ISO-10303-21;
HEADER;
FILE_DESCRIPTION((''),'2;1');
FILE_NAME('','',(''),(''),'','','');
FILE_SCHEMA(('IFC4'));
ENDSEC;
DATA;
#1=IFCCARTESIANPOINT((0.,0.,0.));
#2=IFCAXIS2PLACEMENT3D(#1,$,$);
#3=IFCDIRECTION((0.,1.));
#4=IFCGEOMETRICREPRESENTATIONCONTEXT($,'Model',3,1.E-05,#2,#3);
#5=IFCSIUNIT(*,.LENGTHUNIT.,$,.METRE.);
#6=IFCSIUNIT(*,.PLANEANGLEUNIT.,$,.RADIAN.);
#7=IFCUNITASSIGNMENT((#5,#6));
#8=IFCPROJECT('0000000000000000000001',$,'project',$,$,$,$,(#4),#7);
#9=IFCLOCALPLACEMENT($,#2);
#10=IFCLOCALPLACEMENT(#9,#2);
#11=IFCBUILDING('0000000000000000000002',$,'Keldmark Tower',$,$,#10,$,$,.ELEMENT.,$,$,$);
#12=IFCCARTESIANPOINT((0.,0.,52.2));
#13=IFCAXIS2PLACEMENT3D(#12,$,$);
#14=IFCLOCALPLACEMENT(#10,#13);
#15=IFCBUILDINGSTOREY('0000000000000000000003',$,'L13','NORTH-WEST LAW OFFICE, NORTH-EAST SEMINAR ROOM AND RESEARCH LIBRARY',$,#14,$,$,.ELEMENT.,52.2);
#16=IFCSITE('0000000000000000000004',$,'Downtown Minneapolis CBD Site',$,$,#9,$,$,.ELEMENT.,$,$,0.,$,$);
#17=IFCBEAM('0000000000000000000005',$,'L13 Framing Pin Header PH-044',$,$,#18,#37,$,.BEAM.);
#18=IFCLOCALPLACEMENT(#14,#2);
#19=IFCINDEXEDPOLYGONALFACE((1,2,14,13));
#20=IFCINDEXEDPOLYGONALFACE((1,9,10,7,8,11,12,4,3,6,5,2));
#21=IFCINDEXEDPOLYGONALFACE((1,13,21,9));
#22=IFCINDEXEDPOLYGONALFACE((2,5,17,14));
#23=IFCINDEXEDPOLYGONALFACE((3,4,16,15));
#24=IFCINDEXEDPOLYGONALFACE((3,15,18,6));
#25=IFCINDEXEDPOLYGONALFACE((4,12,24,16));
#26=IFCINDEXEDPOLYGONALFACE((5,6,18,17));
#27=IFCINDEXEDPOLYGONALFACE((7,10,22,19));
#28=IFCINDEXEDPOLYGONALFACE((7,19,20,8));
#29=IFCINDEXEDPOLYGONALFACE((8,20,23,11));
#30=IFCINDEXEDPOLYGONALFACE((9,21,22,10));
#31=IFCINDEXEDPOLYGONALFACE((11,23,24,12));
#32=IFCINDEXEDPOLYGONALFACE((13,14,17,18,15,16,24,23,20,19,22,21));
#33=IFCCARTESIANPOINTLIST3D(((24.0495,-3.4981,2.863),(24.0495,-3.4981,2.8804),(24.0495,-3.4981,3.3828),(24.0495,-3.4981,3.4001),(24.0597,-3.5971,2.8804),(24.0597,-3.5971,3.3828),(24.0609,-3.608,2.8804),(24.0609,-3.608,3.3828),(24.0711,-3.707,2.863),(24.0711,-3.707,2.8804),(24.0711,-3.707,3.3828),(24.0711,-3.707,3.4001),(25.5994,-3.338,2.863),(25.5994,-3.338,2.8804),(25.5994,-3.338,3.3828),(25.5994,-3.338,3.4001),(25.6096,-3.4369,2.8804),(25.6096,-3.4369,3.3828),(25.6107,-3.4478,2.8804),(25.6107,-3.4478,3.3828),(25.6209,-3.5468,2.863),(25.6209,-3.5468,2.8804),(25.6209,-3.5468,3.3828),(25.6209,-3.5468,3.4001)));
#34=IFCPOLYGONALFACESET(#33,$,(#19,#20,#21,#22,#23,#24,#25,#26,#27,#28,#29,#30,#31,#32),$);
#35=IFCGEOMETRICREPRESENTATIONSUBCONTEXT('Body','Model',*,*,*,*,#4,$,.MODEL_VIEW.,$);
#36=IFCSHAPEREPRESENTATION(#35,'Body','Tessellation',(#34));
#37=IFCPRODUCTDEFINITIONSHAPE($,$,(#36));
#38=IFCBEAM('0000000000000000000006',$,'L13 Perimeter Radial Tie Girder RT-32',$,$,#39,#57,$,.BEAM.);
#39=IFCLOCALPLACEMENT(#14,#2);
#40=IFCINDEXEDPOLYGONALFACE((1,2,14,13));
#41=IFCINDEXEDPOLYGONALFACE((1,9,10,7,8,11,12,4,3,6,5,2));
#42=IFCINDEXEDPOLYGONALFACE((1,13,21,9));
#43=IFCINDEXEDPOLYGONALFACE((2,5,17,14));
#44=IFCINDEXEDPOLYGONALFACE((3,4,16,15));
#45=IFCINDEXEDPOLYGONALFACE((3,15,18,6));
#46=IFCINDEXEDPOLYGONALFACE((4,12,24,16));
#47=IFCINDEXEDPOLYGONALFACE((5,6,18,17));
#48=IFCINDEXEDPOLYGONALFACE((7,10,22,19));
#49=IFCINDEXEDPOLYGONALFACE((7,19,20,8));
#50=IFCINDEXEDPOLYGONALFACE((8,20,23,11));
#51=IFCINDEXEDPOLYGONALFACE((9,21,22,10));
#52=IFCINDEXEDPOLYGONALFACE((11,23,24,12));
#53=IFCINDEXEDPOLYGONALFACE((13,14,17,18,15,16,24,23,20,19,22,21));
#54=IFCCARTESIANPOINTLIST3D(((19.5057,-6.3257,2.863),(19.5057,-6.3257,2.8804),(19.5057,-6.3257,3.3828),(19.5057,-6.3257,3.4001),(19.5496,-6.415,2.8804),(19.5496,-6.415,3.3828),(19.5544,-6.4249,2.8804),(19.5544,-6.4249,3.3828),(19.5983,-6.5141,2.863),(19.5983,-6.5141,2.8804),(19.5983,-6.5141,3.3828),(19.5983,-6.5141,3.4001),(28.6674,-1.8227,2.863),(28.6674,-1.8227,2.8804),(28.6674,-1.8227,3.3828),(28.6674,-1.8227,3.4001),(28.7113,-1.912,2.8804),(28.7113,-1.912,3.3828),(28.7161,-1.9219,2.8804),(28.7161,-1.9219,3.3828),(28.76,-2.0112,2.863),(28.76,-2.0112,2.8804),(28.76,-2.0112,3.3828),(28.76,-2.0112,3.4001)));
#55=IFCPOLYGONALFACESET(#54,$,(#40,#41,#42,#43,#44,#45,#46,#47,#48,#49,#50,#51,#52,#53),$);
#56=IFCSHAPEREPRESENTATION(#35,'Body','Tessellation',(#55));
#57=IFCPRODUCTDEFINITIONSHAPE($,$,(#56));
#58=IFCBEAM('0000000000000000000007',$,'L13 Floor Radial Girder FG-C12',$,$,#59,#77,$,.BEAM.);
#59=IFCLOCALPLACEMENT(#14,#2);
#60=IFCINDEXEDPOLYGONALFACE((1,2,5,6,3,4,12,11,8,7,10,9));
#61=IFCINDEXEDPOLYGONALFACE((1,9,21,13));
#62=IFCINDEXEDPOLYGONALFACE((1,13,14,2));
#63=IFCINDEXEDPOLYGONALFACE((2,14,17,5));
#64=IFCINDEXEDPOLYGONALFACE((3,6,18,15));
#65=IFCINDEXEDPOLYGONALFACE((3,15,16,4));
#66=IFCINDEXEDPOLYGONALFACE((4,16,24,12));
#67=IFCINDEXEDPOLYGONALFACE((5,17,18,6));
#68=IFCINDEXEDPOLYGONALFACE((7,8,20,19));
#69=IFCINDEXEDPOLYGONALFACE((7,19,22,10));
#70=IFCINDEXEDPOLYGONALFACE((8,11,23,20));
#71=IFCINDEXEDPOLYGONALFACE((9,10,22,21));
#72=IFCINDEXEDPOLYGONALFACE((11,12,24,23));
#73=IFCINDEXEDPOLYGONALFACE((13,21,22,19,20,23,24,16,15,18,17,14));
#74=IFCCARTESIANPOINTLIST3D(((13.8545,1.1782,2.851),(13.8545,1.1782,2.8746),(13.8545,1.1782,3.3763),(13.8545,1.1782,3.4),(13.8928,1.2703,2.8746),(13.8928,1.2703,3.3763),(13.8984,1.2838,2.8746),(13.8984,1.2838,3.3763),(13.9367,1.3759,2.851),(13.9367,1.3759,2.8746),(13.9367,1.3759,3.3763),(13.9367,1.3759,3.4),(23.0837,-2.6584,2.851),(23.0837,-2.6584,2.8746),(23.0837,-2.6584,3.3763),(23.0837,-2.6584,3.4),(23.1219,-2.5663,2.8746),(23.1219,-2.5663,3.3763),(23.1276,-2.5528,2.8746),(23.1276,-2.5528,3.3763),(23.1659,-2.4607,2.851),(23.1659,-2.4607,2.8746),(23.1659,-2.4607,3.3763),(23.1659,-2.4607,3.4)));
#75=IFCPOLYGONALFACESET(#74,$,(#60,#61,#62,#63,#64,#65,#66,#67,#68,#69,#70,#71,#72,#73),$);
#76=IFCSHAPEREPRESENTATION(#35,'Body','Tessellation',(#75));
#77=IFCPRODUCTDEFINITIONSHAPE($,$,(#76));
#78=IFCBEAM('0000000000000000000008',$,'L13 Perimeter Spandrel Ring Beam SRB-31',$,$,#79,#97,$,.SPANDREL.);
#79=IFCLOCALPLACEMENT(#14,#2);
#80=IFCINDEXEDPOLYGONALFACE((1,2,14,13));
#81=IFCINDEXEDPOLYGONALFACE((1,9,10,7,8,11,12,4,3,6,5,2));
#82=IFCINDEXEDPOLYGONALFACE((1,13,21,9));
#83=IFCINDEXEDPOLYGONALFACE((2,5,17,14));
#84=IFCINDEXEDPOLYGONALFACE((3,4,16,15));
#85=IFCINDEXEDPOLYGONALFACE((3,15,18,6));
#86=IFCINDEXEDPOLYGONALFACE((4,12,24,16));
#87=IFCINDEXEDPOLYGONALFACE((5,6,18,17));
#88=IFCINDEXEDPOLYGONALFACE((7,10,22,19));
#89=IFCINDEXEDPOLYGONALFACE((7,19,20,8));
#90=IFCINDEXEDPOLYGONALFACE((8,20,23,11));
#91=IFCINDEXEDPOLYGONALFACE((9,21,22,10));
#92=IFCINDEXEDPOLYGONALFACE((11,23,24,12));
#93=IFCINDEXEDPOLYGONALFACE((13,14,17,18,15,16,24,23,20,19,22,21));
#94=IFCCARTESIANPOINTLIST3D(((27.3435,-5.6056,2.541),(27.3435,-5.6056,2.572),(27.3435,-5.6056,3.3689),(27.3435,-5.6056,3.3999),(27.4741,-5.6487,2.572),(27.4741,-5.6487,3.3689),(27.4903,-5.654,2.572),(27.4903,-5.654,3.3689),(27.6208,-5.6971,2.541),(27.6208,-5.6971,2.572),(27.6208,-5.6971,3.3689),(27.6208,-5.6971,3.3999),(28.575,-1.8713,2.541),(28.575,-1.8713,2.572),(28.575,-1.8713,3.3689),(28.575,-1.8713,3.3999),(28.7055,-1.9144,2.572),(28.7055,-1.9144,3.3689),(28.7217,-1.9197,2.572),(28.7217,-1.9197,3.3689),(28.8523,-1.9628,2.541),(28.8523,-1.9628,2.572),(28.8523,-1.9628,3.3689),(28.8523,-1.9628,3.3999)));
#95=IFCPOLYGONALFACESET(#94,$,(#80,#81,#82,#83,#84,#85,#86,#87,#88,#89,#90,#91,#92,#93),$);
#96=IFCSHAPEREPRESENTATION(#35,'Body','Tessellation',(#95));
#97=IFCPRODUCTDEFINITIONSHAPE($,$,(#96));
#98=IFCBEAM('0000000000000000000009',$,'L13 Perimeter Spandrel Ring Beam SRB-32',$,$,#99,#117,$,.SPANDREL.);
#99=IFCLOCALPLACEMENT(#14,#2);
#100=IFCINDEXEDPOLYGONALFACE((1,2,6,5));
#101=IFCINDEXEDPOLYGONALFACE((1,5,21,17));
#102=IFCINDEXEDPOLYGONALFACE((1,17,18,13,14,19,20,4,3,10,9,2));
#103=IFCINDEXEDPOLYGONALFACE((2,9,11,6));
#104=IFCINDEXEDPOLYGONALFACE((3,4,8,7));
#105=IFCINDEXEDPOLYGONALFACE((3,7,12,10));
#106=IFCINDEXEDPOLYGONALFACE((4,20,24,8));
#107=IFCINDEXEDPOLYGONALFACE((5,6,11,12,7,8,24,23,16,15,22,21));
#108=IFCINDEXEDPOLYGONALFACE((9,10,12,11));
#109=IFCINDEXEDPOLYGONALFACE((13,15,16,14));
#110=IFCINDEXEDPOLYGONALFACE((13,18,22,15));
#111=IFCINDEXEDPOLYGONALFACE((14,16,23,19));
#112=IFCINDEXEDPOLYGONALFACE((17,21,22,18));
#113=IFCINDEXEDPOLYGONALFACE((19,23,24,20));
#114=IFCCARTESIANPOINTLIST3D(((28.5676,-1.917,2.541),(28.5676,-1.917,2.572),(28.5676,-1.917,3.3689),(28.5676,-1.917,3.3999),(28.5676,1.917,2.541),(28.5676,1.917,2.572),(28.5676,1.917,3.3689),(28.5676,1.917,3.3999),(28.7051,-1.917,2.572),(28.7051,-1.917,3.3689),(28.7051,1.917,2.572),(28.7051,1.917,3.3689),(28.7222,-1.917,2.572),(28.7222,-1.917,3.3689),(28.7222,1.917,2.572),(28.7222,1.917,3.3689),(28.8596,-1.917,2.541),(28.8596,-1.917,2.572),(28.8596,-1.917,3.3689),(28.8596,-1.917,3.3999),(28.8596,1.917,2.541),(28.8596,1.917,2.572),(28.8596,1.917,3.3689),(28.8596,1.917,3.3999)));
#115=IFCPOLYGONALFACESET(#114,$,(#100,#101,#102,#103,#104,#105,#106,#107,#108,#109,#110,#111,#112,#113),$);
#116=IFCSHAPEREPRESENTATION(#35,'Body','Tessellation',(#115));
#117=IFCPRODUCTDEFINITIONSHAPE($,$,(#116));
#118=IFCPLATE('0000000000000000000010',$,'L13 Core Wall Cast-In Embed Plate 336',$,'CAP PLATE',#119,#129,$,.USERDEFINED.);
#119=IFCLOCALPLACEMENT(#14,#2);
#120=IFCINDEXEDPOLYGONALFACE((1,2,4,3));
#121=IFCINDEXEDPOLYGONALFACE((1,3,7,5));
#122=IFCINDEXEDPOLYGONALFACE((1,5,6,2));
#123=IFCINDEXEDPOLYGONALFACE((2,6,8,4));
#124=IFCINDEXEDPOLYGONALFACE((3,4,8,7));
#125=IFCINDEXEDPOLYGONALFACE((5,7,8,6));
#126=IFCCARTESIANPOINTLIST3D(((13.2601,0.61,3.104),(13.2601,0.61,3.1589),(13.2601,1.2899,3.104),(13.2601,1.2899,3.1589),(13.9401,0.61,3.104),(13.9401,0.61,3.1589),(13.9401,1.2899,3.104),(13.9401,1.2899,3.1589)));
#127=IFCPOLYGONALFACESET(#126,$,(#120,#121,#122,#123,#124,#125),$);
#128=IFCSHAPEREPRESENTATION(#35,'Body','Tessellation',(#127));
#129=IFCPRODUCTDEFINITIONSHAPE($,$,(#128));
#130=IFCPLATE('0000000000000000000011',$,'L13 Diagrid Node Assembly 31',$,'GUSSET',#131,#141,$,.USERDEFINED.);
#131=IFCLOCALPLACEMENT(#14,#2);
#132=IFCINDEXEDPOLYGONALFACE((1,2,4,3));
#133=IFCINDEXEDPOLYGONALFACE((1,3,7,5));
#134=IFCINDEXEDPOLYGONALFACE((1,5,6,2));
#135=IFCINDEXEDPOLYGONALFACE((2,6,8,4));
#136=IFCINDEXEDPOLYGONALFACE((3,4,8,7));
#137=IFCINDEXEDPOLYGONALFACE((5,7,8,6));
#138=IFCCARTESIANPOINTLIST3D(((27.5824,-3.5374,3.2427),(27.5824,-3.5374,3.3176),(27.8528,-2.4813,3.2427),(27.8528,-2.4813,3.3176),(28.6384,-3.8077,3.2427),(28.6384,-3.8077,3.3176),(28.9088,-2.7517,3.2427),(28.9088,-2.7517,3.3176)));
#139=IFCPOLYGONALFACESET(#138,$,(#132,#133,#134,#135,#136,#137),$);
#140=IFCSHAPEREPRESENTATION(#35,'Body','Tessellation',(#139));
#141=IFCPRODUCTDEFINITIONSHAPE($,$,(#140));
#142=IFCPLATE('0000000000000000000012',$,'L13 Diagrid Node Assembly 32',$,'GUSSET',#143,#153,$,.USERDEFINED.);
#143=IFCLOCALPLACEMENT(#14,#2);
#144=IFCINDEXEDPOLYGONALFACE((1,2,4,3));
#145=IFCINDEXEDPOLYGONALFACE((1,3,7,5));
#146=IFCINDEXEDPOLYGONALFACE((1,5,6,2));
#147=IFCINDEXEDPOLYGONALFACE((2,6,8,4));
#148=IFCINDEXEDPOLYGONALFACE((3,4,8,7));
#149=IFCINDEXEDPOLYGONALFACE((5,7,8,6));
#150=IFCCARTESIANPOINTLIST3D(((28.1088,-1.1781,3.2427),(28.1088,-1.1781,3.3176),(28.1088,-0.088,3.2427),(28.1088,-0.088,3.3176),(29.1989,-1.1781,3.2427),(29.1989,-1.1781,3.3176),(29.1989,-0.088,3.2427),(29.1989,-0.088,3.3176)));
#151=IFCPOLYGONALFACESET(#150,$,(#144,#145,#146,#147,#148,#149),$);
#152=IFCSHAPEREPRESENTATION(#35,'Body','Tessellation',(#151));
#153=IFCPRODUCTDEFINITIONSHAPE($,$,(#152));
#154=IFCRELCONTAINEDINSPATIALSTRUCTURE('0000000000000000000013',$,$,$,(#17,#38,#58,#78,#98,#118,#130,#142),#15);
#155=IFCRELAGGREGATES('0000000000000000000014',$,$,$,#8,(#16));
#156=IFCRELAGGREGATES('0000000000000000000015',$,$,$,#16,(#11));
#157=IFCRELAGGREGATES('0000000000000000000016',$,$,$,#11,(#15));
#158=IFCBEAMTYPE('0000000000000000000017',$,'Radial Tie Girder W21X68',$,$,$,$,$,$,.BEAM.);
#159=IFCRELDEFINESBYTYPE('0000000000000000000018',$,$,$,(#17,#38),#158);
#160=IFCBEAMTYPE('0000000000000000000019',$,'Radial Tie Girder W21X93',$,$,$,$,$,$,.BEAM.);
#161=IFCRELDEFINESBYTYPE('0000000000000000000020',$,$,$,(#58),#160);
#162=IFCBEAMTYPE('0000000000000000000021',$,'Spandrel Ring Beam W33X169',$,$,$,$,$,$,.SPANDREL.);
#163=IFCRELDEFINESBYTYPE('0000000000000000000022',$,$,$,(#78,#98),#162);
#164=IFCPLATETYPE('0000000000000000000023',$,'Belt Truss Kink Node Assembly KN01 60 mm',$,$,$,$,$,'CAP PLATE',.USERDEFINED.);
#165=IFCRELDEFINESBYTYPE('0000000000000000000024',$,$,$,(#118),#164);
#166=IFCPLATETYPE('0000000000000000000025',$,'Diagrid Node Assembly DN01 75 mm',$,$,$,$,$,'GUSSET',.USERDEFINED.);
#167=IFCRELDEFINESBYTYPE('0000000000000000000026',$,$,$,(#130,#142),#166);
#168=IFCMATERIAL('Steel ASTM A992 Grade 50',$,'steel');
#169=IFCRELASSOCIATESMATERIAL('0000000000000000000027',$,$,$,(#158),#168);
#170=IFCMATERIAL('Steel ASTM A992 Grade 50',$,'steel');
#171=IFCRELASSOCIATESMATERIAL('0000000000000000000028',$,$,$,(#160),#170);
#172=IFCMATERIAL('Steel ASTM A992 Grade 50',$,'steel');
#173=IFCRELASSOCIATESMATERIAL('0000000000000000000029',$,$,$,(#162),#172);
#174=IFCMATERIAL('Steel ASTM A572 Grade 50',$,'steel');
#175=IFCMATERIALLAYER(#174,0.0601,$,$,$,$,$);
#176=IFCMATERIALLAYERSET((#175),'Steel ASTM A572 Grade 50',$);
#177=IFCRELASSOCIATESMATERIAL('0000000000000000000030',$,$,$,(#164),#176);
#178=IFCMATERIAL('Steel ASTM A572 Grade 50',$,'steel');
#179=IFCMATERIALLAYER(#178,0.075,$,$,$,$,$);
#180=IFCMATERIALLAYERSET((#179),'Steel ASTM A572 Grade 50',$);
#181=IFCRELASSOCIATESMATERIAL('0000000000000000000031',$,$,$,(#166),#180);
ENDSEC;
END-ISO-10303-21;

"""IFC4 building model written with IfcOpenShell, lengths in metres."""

from ifc_helpers import new_model, si_unit, direction, frame, origin, origin_2d, place, context, subcontext, project, spatial, rectangle, i_section, extrude, material, layer, layer_set, material_profile, profile_set, type_object, element, save


model = new_model("IFC4")

# Units and contexts
model_context = context("Model", 3, precision=1e-05, world=origin(), true_north=direction((0.0, 1.0)))
body_context = subcontext(model_context, "Body", "Model", "MODEL_VIEW")
ifc_project = project(units=[si_unit("LENGTHUNIT", "METRE"), si_unit("PLANEANGLEUNIT", "RADIAN")], contexts=[model_context])

# Site, building, storey
site_placement = place(None, origin())
site = spatial("IfcSite", under=ifc_project, at=site_placement, Name="Downtown Minneapolis CBD Site", CompositionType="ELEMENT", RefElevation=0.0)
building_placement = place(site_placement, origin())
building = spatial("IfcBuilding", under=site, at=building_placement, Name="Keldmark Tower", CompositionType="ELEMENT")
storey_placement = place(building_placement, frame((0.0, 0.0, 52.2)))
storey = spatial("IfcBuildingStorey", under=building, at=storey_placement, Name="L13", Description="NORTH-WEST LAW OFFICE, NORTH-EAST SEMINAR ROOM AND RESEARCH LIBRARY", CompositionType="ELEMENT", Elevation=52.2)

# Beams
ifc_material_1 = material(Name="Steel ASTM A992 Grade 50", Category="steel")
ifc_material_profile_1 = material_profile(ifc_material_1, i_section(OverallWidth=0.21, OverallDepth=0.5371, WebThickness=0.011, FlangeThickness=0.0173, at=origin_2d()), Name="W21X68")
ifc_profile_set_1 = profile_set([ifc_material_profile_1], Name="Steel ASTM A992 Grade 50")
beam_type_1 = type_object("IfcBeamType", Name="Radial Tie Girder W21X68", PredefinedType="BEAM", material=ifc_profile_set_1)
beam_1_placement = place(storey_placement, frame((24.0603, -3.6025, 3.1316), z_axis=(0.994703, 0.102792, 0.0), x_axis=(-0.102792, 0.994703, 0.0)))
element("IfcBeam", 1, at=beam_1_placement, inside=storey, type_object=beam_type_1, Name="L13 Framing Pin Header PH-044", PredefinedType="BEAM", context=body_context, shape_type="SweptSolid", body=[
    extrude(i_section(OverallWidth=0.21, OverallDepth=0.5371, WebThickness=0.011, FlangeThickness=0.0173, at=origin_2d()), origin(), (0.0, 0.0, 1.0), 1.5581),
])
beam_2_placement = place(storey_placement, frame((19.552, -6.4199, 3.1316), z_axis=(0.897458, 0.4411, 0.0), x_axis=(-0.4411, 0.897458, 0.0)))
element("IfcBeam", 2, at=beam_2_placement, inside=storey, type_object=beam_type_1, Name="L13 Perimeter Radial Tie Girder RT-32", PredefinedType="BEAM", context=body_context, shape_type="SweptSolid", body=[
    extrude(i_section(OverallWidth=0.21, OverallDepth=0.5371, WebThickness=0.011, FlangeThickness=0.0173, at=origin_2d()), origin(), (0.0, 0.0, 1.0), 10.2085),
])
ifc_material_2 = material(Name="Steel ASTM A992 Grade 50", Category="steel")
ifc_material_profile_2 = material_profile(ifc_material_2, i_section(OverallWidth=0.2141, OverallDepth=0.5491, WebThickness=0.0146, FlangeThickness=0.0237, at=origin_2d()), Name="W21X93")
ifc_profile_set_2 = profile_set([ifc_material_profile_2], Name="Steel ASTM A992 Grade 50")
beam_type_2 = type_object("IfcBeamType", Name="Radial Tie Girder W21X93", PredefinedType="BEAM", material=ifc_profile_set_2)
beam_3_placement = place(storey_placement, frame((23.1248, -2.5596, 3.1255), z_axis=(-0.923391, 0.383861, 0.0), x_axis=(-0.383861, -0.923391, 0.0)))
element("IfcBeam", 3, at=beam_3_placement, inside=storey, type_object=beam_type_2, Name="L13 Floor Radial Girder FG-C12", PredefinedType="BEAM", context=body_context, shape_type="SweptSolid", body=[
    extrude(i_section(OverallWidth=0.2141, OverallDepth=0.5491, WebThickness=0.0146, FlangeThickness=0.0237, at=origin_2d()), origin(), (0.0, 0.0, 1.0), 9.9949),
])
ifc_material_3 = material(Name="Steel ASTM A992 Grade 50", Category="steel")
ifc_material_profile_3 = material_profile(ifc_material_3, i_section(OverallWidth=0.292, OverallDepth=0.8589, WebThickness=0.0171, FlangeThickness=0.031, at=origin_2d()), Name="W33X169")
ifc_profile_set_3 = profile_set([ifc_material_profile_3], Name="Steel ASTM A992 Grade 50")
beam_type_3 = type_object("IfcBeamType", Name="Spandrel Ring Beam W33X169", PredefinedType="SPANDREL", material=ifc_profile_set_3)
beam_4_placement = place(storey_placement, frame((27.4822, -5.6514, 2.9705), z_axis=(0.313171, 0.949697, 0.0), x_axis=(-0.949697, 0.313171, 0.0)))
element("IfcBeam", 4, at=beam_4_placement, inside=storey, type_object=beam_type_3, Name="L13 Perimeter Spandrel Ring Beam SRB-31", PredefinedType="SPANDREL", context=body_context, shape_type="SweptSolid", body=[
    extrude(i_section(OverallWidth=0.292, OverallDepth=0.8589, WebThickness=0.0171, FlangeThickness=0.031, at=origin_2d()), origin(), (0.0, 0.0, 1.0), 3.9321),
])
beam_5_placement = place(storey_placement, frame((28.7136, -1.917, 2.9705), z_axis=(0.0, 1.0, 0.0), x_axis=(-1.0, 0.0, 0.0)))
element("IfcBeam", 5, at=beam_5_placement, inside=storey, type_object=beam_type_3, Name="L13 Perimeter Spandrel Ring Beam SRB-32", PredefinedType="SPANDREL", context=body_context, shape_type="SweptSolid", body=[
    extrude(i_section(OverallWidth=0.292, OverallDepth=0.8589, WebThickness=0.0171, FlangeThickness=0.031, at=origin_2d()), origin(), (0.0, 0.0, 1.0), 3.834),
])

# Plates
ifc_material_4 = material(Name="Steel ASTM A572 Grade 50", Category="steel")
ifc_layer_1 = layer(ifc_material_4, 0.0601)
ifc_layer_set_1 = layer_set([ifc_layer_1], Name="Steel ASTM A572 Grade 50")
plate_type_1 = type_object("IfcPlateType", Name="Belt Truss Kink Node Assembly KN01 60 mm", ElementType="CAP PLATE", PredefinedType="USERDEFINED", material=ifc_layer_set_1)
plate_placement = place(storey_placement, frame((13.6001, 0.95, 3.104), z_axis=(0.0, 0.0, 1.0), x_axis=(1.0, 0.0, 0.0)))
element("IfcPlate", 6, at=plate_placement, inside=storey, type_object=plate_type_1, Name="L13 Core Wall Cast-In Embed Plate 336", ObjectType="CAP PLATE", PredefinedType="USERDEFINED", context=body_context, shape_type="SweptSolid", body=[
    extrude(rectangle(XDim=0.6799, YDim=0.6799, at=origin_2d()), origin(), (0.0, 0.0, 1.0), 0.0549),
])
ifc_material_5 = material(Name="Steel ASTM A572 Grade 50", Category="steel")
ifc_layer_2 = layer(ifc_material_5, 0.075)
ifc_layer_set_2 = layer_set([ifc_layer_2], Name="Steel ASTM A572 Grade 50")
plate_type_2 = type_object("IfcPlateType", Name="Diagrid Node Assembly DN01 75 mm", ElementType="GUSSET", PredefinedType="USERDEFINED", material=ifc_layer_set_2)
for number, where, z_axis, x_axis, name in (
    (7, (28.2456, -3.1445, 3.2427), (0.0, 0.0, 1.0), (0.248014, 0.968757, 0.0), "L13 Diagrid Node Assembly 31"),
    (8, (28.6538, -0.6331, 3.2427), (0.0, 0.0, 1.0), (0.0, 1.0, 0.0), "L13 Diagrid Node Assembly 32"),
):
    element("IfcPlate", number, at=place(storey_placement, frame(where, z_axis=z_axis, x_axis=x_axis)), inside=storey, type_object=plate_type_2, Name=name, ObjectType="GUSSET", PredefinedType="USERDEFINED", context=body_context, shape_type="SweptSolid", body=[
        extrude(rectangle(XDim=1.0901, YDim=1.0901, at=origin_2d()), origin(), (0.0, 0.0, 1.0), 0.075),
    ])

save(model, "model.ifc")
